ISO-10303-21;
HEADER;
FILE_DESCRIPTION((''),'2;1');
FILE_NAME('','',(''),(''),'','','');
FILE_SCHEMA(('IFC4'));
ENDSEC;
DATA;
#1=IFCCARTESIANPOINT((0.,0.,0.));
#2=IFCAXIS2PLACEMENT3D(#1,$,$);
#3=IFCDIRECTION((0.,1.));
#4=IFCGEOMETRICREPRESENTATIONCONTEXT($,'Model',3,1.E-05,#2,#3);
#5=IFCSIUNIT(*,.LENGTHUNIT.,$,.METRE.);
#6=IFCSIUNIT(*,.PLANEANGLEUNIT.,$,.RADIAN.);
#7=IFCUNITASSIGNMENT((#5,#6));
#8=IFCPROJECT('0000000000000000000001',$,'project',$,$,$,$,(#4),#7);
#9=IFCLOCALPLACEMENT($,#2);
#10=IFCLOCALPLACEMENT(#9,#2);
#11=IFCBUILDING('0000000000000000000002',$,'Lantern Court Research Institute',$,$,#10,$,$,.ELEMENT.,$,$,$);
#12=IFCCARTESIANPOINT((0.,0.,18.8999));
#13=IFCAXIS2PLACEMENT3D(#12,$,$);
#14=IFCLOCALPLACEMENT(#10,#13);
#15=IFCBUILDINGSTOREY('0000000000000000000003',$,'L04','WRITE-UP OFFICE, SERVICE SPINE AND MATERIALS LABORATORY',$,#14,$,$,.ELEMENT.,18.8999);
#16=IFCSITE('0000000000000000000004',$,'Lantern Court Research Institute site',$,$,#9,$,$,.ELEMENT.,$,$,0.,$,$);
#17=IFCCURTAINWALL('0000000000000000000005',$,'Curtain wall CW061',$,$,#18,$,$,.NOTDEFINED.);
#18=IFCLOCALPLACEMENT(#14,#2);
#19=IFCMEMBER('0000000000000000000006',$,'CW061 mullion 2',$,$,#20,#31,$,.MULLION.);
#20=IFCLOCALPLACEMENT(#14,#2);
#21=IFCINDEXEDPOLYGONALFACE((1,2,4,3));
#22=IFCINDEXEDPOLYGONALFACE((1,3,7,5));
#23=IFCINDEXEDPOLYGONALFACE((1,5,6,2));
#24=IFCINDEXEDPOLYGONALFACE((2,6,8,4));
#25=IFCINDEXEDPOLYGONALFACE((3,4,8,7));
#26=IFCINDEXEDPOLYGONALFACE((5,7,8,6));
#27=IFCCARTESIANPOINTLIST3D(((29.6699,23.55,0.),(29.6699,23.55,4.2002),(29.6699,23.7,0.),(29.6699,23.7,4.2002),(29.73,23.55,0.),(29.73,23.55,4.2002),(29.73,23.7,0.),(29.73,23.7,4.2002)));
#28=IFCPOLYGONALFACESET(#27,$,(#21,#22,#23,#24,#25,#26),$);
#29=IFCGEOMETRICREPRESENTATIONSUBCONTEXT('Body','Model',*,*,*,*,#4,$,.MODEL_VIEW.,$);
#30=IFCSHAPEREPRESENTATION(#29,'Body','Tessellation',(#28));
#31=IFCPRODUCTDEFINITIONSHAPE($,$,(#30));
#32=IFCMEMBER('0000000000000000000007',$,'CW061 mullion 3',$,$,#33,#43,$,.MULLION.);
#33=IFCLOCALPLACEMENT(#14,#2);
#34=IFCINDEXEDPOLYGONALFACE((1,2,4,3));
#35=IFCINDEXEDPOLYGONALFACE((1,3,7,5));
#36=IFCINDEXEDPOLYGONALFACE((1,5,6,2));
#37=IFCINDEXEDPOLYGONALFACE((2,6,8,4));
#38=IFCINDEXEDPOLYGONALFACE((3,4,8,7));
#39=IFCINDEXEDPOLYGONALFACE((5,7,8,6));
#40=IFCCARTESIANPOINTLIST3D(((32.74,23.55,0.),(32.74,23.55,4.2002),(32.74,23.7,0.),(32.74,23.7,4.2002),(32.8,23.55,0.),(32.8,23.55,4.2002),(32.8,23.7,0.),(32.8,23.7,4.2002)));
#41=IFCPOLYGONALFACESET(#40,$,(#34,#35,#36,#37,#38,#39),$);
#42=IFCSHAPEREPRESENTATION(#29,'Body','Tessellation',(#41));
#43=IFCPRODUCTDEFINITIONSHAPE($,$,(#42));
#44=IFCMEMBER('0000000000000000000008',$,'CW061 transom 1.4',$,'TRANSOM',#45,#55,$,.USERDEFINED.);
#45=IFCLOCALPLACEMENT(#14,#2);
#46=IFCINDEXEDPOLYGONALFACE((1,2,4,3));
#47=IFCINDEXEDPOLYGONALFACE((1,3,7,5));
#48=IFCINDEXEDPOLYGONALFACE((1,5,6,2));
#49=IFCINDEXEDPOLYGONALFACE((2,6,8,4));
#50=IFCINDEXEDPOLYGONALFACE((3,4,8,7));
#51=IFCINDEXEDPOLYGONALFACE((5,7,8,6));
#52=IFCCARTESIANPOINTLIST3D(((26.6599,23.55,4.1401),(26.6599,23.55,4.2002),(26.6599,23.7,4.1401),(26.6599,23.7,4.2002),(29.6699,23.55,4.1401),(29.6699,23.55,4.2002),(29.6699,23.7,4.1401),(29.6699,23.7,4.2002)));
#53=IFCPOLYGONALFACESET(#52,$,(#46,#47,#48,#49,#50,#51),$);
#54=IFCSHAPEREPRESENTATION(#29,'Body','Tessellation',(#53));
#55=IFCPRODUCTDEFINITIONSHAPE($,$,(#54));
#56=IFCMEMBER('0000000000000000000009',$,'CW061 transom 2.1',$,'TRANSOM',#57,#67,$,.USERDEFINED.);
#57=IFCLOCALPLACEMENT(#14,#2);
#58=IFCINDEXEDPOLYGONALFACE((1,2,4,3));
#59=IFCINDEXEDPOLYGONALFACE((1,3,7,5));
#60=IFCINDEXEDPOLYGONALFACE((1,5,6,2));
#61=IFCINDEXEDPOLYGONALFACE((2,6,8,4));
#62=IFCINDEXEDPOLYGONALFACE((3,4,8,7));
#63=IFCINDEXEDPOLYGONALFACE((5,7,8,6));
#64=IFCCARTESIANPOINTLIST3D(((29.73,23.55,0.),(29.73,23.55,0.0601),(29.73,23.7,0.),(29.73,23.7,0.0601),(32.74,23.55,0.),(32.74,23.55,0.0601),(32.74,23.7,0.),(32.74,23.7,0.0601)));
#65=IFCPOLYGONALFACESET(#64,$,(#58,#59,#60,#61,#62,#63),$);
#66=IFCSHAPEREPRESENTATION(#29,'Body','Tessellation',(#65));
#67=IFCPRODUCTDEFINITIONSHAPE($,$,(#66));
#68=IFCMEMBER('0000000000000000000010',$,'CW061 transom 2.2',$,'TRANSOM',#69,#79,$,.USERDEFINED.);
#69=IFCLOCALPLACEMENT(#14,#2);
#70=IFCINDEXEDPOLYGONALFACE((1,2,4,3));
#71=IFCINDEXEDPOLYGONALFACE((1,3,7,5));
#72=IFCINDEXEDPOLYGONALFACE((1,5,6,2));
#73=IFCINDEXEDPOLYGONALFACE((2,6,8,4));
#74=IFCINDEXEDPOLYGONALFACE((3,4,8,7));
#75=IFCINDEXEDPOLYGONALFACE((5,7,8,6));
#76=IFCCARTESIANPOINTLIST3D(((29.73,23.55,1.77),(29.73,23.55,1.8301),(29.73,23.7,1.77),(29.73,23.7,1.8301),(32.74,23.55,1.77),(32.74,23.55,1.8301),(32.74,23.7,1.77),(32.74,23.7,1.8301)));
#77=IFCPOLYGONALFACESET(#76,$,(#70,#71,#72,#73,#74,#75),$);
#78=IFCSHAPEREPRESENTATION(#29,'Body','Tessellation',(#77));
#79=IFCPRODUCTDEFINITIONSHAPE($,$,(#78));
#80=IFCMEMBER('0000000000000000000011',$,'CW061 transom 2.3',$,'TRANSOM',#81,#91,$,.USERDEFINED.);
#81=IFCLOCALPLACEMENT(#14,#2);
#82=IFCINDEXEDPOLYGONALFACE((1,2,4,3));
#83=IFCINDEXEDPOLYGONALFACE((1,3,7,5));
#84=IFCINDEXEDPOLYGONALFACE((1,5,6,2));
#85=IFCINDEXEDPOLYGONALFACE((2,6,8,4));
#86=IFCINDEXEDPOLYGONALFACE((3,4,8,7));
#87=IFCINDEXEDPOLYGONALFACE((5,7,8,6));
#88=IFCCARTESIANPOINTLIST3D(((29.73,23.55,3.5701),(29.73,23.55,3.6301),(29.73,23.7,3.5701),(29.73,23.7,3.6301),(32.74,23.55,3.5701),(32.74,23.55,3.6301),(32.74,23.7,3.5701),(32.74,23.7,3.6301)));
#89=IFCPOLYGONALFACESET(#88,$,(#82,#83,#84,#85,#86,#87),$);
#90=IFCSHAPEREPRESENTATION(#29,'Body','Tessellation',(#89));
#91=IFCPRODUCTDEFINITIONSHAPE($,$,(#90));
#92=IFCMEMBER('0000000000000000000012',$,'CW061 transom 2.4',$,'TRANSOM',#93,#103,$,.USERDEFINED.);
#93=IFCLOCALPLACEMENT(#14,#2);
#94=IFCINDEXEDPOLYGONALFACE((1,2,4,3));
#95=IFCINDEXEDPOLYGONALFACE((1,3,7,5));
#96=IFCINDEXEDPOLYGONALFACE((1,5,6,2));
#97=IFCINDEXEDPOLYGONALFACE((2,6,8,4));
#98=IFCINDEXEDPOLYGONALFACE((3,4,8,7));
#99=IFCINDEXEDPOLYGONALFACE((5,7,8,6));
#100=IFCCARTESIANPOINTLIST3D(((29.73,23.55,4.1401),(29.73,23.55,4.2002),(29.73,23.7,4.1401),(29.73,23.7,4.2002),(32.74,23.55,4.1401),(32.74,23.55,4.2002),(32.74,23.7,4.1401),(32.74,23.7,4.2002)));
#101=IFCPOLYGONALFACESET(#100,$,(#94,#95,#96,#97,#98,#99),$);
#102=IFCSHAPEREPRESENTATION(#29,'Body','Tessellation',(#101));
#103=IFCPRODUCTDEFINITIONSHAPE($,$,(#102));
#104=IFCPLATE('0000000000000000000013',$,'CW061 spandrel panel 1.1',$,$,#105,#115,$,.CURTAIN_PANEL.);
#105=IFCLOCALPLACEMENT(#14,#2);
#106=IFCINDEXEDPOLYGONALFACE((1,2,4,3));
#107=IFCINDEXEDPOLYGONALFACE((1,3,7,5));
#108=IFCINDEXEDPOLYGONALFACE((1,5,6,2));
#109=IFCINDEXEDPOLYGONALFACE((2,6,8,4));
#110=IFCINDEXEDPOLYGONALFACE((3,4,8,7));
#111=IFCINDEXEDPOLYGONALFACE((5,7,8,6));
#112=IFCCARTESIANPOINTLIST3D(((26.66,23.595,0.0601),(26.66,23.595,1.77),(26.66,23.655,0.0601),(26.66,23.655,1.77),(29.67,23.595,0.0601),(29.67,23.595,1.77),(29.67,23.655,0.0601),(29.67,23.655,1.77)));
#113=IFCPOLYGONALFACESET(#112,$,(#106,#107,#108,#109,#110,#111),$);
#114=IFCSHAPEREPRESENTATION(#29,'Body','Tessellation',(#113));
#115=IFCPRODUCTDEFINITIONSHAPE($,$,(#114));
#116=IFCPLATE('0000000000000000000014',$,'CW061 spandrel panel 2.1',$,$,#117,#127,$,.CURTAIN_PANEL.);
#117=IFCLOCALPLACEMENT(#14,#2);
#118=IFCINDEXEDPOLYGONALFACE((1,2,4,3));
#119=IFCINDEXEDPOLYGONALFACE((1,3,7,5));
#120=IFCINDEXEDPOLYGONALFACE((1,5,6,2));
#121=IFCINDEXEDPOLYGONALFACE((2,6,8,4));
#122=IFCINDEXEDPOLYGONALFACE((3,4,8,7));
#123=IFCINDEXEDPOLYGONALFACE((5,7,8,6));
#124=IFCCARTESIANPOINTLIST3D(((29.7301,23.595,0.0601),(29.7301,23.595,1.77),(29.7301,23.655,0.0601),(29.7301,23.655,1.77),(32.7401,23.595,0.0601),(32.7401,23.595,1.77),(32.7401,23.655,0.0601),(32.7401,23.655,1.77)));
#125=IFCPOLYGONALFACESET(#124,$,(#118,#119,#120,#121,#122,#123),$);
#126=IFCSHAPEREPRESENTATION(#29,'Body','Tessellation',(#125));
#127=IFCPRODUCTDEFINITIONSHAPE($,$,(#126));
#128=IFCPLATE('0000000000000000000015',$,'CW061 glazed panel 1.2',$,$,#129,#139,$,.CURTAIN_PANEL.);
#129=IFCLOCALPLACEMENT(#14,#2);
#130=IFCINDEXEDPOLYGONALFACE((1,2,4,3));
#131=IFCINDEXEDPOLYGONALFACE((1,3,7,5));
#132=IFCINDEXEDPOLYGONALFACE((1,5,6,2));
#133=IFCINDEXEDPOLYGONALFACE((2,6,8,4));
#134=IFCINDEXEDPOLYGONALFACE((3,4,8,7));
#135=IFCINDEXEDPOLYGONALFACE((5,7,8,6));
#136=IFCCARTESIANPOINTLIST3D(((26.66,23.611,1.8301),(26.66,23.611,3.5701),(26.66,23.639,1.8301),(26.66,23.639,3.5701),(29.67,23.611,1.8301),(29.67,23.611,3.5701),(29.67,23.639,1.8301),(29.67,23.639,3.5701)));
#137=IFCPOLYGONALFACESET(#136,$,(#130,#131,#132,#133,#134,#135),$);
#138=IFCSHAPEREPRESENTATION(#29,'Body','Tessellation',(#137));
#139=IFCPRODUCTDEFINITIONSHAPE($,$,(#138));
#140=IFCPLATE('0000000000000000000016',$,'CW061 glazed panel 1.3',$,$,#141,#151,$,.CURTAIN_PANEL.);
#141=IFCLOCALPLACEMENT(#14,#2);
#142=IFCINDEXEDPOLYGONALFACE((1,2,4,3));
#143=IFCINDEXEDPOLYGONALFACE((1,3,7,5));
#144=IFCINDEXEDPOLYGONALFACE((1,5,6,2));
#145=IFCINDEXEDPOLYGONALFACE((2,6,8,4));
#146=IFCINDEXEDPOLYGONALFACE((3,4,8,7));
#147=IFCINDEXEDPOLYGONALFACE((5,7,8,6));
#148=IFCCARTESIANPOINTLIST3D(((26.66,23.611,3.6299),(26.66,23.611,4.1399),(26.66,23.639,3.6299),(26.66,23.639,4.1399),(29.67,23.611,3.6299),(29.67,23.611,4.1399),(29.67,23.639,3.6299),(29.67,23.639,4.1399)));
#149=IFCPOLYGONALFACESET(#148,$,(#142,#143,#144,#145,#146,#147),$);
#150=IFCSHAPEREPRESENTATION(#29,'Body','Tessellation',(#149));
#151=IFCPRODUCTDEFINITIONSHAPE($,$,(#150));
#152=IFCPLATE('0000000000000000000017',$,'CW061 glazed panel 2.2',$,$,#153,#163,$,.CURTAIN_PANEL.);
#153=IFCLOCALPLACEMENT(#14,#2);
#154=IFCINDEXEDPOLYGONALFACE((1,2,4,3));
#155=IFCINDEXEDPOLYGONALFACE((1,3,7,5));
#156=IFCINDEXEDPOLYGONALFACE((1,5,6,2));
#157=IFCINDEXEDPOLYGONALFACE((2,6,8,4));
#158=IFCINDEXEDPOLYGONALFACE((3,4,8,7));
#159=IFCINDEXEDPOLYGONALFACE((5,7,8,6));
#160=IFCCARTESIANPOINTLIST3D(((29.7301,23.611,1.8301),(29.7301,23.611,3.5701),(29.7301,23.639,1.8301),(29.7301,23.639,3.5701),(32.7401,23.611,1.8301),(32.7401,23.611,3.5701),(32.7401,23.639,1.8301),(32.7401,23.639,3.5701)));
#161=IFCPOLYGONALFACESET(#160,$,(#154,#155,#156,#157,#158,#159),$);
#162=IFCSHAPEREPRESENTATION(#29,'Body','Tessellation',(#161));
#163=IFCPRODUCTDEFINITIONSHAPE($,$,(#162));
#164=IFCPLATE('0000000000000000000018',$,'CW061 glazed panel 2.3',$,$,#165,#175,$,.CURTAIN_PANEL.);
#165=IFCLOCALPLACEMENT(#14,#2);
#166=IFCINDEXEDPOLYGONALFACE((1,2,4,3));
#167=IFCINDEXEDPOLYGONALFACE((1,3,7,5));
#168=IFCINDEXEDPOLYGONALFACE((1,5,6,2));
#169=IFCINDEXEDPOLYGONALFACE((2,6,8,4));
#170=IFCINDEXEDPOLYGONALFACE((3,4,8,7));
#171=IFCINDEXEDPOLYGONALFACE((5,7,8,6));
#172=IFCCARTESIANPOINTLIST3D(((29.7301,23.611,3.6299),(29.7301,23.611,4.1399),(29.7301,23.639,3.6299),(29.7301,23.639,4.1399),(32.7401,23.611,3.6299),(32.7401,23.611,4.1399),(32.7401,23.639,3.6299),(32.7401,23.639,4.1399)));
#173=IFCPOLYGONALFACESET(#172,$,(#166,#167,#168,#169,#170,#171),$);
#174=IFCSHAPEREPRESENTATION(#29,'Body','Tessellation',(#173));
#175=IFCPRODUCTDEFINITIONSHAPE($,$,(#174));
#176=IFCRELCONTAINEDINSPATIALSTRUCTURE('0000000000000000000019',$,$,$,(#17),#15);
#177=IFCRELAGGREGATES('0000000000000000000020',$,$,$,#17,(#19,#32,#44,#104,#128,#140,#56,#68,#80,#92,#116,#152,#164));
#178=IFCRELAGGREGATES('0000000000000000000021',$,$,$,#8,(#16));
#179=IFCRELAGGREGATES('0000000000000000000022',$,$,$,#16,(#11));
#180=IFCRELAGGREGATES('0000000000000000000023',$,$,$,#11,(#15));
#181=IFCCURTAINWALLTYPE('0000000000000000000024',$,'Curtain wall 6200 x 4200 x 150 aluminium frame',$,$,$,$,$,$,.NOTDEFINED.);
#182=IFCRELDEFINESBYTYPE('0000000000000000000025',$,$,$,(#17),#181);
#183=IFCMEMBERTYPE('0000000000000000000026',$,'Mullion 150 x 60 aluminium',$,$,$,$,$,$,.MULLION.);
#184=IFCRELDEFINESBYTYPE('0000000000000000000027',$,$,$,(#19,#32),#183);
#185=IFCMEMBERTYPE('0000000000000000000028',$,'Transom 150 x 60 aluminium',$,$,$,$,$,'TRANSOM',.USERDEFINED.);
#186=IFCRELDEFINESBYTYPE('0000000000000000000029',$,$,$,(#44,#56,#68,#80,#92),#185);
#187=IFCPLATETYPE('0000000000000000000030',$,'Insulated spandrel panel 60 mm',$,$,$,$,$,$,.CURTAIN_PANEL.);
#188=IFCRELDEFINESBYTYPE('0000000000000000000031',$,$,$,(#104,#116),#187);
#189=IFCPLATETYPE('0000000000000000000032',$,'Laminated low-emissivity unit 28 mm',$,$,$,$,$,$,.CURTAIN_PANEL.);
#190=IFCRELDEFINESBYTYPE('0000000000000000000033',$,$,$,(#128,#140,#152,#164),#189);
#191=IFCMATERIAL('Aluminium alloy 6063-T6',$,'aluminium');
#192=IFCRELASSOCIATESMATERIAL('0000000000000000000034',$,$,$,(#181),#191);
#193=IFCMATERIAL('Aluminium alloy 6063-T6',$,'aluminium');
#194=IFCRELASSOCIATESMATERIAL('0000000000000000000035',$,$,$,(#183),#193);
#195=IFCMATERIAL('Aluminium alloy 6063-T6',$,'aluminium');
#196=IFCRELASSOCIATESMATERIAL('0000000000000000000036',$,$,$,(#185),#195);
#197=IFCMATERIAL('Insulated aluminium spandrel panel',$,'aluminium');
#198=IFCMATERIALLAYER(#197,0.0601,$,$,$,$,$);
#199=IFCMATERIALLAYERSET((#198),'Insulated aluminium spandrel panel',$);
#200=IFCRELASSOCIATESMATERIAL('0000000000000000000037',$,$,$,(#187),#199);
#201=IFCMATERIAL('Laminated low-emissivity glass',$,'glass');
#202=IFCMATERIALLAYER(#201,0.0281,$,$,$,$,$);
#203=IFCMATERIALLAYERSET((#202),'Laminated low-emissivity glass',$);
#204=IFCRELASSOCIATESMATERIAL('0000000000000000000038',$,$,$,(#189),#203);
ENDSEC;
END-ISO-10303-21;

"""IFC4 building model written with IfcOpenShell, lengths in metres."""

from ifc_helpers import new_model, si_unit, direction, frame, origin, origin_2d, place, context, subcontext, project, spatial, rectangle, extrude, material, layer, layer_set, material_profile, profile_set, type_object, element, aggregate, save


model = new_model("IFC4")

# Units and contexts
model_context = context("Model", 3, precision=1e-05, world=origin(), true_north=direction((0.0, 1.0)))
body_context = subcontext(model_context, "Body", "Model", "MODEL_VIEW")
ifc_project = project(units=[si_unit("LENGTHUNIT", "METRE"), si_unit("PLANEANGLEUNIT", "RADIAN")], contexts=[model_context])

# Site, building, storey
site_placement = place(None, origin())
site = spatial("IfcSite", under=ifc_project, at=site_placement, Name="Lantern Court Research Institute site", CompositionType="ELEMENT", RefElevation=0.0)
building_placement = place(site_placement, origin())
building = spatial("IfcBuilding", under=site, at=building_placement, Name="Lantern Court Research Institute", CompositionType="ELEMENT")
storey_placement = place(building_placement, frame((0.0, 0.0, 18.8999)))
storey = spatial("IfcBuildingStorey", under=building, at=storey_placement, Name="L04", Description="WRITE-UP OFFICE, SERVICE SPINE AND MATERIALS LABORATORY", CompositionType="ELEMENT", Elevation=18.8999)

# Curtain wall, members, plates
ifc_material_1 = material(Name="Aluminium alloy 6063-T6", Category="aluminium")
curtain_wall_type = type_object("IfcCurtainWallType", Name="Curtain wall 6200 x 4200 x 150 aluminium frame", PredefinedType="NOTDEFINED", material=ifc_material_1)
curtain_wall_placement = place(storey_placement, origin())
curtain_wall = element("IfcCurtainWall", 1, at=curtain_wall_placement, inside=storey, type_object=curtain_wall_type, Name="Curtain wall CW061", PredefinedType="NOTDEFINED")
ifc_material_2 = material(Name="Aluminium alloy 6063-T6", Category="aluminium")
ifc_material_profile_1 = material_profile(ifc_material_2, rectangle(XDim=0.1499, YDim=0.0601, at=origin_2d()), Name="Mullion 150 x 60")
ifc_profile_set_1 = profile_set([ifc_material_profile_1], Name="Aluminium alloy 6063-T6")
member_type_1 = type_object("IfcMemberType", Name="Mullion 150 x 60 aluminium", PredefinedType="MULLION", material=ifc_profile_set_1)
member_1_placement = place(storey_placement, frame((29.7, 23.625, 0.0), z_axis=(0.0, 0.0, 1.0), x_axis=(0.0, 1.0, 0.0)))
member_1 = element("IfcMember", 2, at=member_1_placement, type_object=member_type_1, Name="CW061 mullion 2", PredefinedType="MULLION", context=body_context, shape_type="SweptSolid", body=[
    extrude(rectangle(XDim=0.1499, YDim=0.0601, at=origin_2d()), origin(), (0.0, 0.0, 1.0), 4.2002),
])
member_2_placement = place(storey_placement, frame((32.77, 23.625, 0.0), z_axis=(0.0, 0.0, 1.0), x_axis=(0.0, 1.0, 0.0)))
member_2 = element("IfcMember", 3, at=member_2_placement, type_object=member_type_1, Name="CW061 mullion 3", PredefinedType="MULLION", context=body_context, shape_type="SweptSolid", body=[
    extrude(rectangle(XDim=0.1499, YDim=0.0601, at=origin_2d()), origin(), (0.0, 0.0, 1.0), 4.2002),
])
ifc_material_3 = material(Name="Aluminium alloy 6063-T6", Category="aluminium")
ifc_material_profile_2 = material_profile(ifc_material_3, rectangle(XDim=0.1499, YDim=0.0601, at=origin_2d()), Name="Transom 150 x 60")
ifc_profile_set_2 = profile_set([ifc_material_profile_2], Name="Aluminium alloy 6063-T6")
member_type_2 = type_object("IfcMemberType", Name="Transom 150 x 60 aluminium", ElementType="TRANSOM", PredefinedType="USERDEFINED", material=ifc_profile_set_2)
member_3_placement = place(storey_placement, frame((26.6599, 23.625, 4.1702), z_axis=(1.0, 0.0, 0.0), x_axis=(0.0, 1.0, 0.0)))
member_3 = element("IfcMember", 4, at=member_3_placement, type_object=member_type_2, Name="CW061 transom 1.4", ObjectType="TRANSOM", PredefinedType="USERDEFINED", context=body_context, shape_type="SweptSolid", body=[
    extrude(rectangle(XDim=0.1499, YDim=0.0601, at=origin_2d()), origin(), (0.0, 0.0, 1.0), 3.01),
])
member_4_placement = place(storey_placement, frame((29.73, 23.625, 0.03), z_axis=(1.0, 0.0, 0.0), x_axis=(0.0, 1.0, 0.0)))
member_4 = element("IfcMember", 5, at=member_4_placement, type_object=member_type_2, Name="CW061 transom 2.1", ObjectType="TRANSOM", PredefinedType="USERDEFINED", context=body_context, shape_type="SweptSolid", body=[
    extrude(rectangle(XDim=0.1499, YDim=0.0601, at=origin_2d()), origin(), (0.0, 0.0, 1.0), 3.01),
])
member_5_placement = place(storey_placement, frame((29.73, 23.625, 1.8), z_axis=(1.0, 0.0, 0.0), x_axis=(0.0, 1.0, 0.0)))
member_5 = element("IfcMember", 6, at=member_5_placement, type_object=member_type_2, Name="CW061 transom 2.2", ObjectType="TRANSOM", PredefinedType="USERDEFINED", context=body_context, shape_type="SweptSolid", body=[
    extrude(rectangle(XDim=0.1499, YDim=0.0601, at=origin_2d()), origin(), (0.0, 0.0, 1.0), 3.01),
])
member_6_placement = place(storey_placement, frame((29.73, 23.625, 3.6001), z_axis=(1.0, 0.0, 0.0), x_axis=(0.0, 1.0, 0.0)))
member_6 = element("IfcMember", 7, at=member_6_placement, type_object=member_type_2, Name="CW061 transom 2.3", ObjectType="TRANSOM", PredefinedType="USERDEFINED", context=body_context, shape_type="SweptSolid", body=[
    extrude(rectangle(XDim=0.1499, YDim=0.0601, at=origin_2d()), origin(), (0.0, 0.0, 1.0), 3.01),
])
member_7_placement = place(storey_placement, frame((29.73, 23.625, 4.1702), z_axis=(1.0, 0.0, 0.0), x_axis=(0.0, 1.0, 0.0)))
member_7 = element("IfcMember", 8, at=member_7_placement, type_object=member_type_2, Name="CW061 transom 2.4", ObjectType="TRANSOM", PredefinedType="USERDEFINED", context=body_context, shape_type="SweptSolid", body=[
    extrude(rectangle(XDim=0.1499, YDim=0.0601, at=origin_2d()), origin(), (0.0, 0.0, 1.0), 3.01),
])
ifc_material_4 = material(Name="Insulated aluminium spandrel panel", Category="aluminium")
ifc_layer_1 = layer(ifc_material_4, 0.0601)
ifc_layer_set_1 = layer_set([ifc_layer_1], Name="Insulated aluminium spandrel panel")
plate_type_1 = type_object("IfcPlateType", Name="Insulated spandrel panel 60 mm", PredefinedType="CURTAIN_PANEL", material=ifc_layer_set_1)
plate_1_placement = place(storey_placement, frame((28.165, 23.625, 0.0601), z_axis=(0.0, 0.0, 1.0), x_axis=(1.0, 0.0, 0.0)))
plate_1 = element("IfcPlate", 9, at=plate_1_placement, type_object=plate_type_1, Name="CW061 spandrel panel 1.1", PredefinedType="CURTAIN_PANEL", context=body_context, shape_type="SweptSolid", body=[
    extrude(rectangle(XDim=3.01, YDim=0.0601, at=origin_2d()), origin(), (0.0, 0.0, 1.0), 1.71),
])
plate_2_placement = place(storey_placement, frame((31.2351, 23.625, 0.0601), z_axis=(0.0, 0.0, 1.0), x_axis=(1.0, 0.0, 0.0)))
plate_2 = element("IfcPlate", 10, at=plate_2_placement, type_object=plate_type_1, Name="CW061 spandrel panel 2.1", PredefinedType="CURTAIN_PANEL", context=body_context, shape_type="SweptSolid", body=[
    extrude(rectangle(XDim=3.01, YDim=0.0601, at=origin_2d()), origin(), (0.0, 0.0, 1.0), 1.71),
])
ifc_material_5 = material(Name="Laminated low-emissivity glass", Category="glass")
ifc_layer_2 = layer(ifc_material_5, 0.0281)
ifc_layer_set_2 = layer_set([ifc_layer_2], Name="Laminated low-emissivity glass")
plate_type_2 = type_object("IfcPlateType", Name="Laminated low-emissivity unit 28 mm", PredefinedType="CURTAIN_PANEL", material=ifc_layer_set_2)
plate_3_placement = place(storey_placement, frame((28.165, 23.625, 1.8301), z_axis=(0.0, 0.0, 1.0), x_axis=(1.0, 0.0, 0.0)))
plate_3 = element("IfcPlate", 11, at=plate_3_placement, type_object=plate_type_2, Name="CW061 glazed panel 1.2", PredefinedType="CURTAIN_PANEL", context=body_context, shape_type="SweptSolid", body=[
    extrude(rectangle(XDim=3.01, YDim=0.0281, at=origin_2d()), origin(), (0.0, 0.0, 1.0), 1.74),
])
plate_4_placement = place(storey_placement, frame((28.165, 23.625, 3.6299), z_axis=(0.0, 0.0, 1.0), x_axis=(1.0, 0.0, 0.0)))
plate_4 = element("IfcPlate", 12, at=plate_4_placement, type_object=plate_type_2, Name="CW061 glazed panel 1.3", PredefinedType="CURTAIN_PANEL", context=body_context, shape_type="SweptSolid", body=[
    extrude(rectangle(XDim=3.01, YDim=0.0281, at=origin_2d()), origin(), (0.0, 0.0, 1.0), 0.51),
])
plate_5_placement = place(storey_placement, frame((31.2351, 23.625, 1.8301), z_axis=(0.0, 0.0, 1.0), x_axis=(1.0, 0.0, 0.0)))
plate_5 = element("IfcPlate", 13, at=plate_5_placement, type_object=plate_type_2, Name="CW061 glazed panel 2.2", PredefinedType="CURTAIN_PANEL", context=body_context, shape_type="SweptSolid", body=[
    extrude(rectangle(XDim=3.01, YDim=0.0281, at=origin_2d()), origin(), (0.0, 0.0, 1.0), 1.74),
])
plate_6_placement = place(storey_placement, frame((31.2351, 23.625, 3.6299), z_axis=(0.0, 0.0, 1.0), x_axis=(1.0, 0.0, 0.0)))
plate_6 = element("IfcPlate", 14, at=plate_6_placement, type_object=plate_type_2, Name="CW061 glazed panel 2.3", PredefinedType="CURTAIN_PANEL", context=body_context, shape_type="SweptSolid", body=[
    extrude(rectangle(XDim=3.01, YDim=0.0281, at=origin_2d()), origin(), (0.0, 0.0, 1.0), 0.51),
])
aggregate(curtain_wall, [member_1, member_2, member_3, plate_1, plate_3, plate_4, member_4, member_5, member_6, member_7, plate_2, plate_5, plate_6])

save(model, "model.ifc")
